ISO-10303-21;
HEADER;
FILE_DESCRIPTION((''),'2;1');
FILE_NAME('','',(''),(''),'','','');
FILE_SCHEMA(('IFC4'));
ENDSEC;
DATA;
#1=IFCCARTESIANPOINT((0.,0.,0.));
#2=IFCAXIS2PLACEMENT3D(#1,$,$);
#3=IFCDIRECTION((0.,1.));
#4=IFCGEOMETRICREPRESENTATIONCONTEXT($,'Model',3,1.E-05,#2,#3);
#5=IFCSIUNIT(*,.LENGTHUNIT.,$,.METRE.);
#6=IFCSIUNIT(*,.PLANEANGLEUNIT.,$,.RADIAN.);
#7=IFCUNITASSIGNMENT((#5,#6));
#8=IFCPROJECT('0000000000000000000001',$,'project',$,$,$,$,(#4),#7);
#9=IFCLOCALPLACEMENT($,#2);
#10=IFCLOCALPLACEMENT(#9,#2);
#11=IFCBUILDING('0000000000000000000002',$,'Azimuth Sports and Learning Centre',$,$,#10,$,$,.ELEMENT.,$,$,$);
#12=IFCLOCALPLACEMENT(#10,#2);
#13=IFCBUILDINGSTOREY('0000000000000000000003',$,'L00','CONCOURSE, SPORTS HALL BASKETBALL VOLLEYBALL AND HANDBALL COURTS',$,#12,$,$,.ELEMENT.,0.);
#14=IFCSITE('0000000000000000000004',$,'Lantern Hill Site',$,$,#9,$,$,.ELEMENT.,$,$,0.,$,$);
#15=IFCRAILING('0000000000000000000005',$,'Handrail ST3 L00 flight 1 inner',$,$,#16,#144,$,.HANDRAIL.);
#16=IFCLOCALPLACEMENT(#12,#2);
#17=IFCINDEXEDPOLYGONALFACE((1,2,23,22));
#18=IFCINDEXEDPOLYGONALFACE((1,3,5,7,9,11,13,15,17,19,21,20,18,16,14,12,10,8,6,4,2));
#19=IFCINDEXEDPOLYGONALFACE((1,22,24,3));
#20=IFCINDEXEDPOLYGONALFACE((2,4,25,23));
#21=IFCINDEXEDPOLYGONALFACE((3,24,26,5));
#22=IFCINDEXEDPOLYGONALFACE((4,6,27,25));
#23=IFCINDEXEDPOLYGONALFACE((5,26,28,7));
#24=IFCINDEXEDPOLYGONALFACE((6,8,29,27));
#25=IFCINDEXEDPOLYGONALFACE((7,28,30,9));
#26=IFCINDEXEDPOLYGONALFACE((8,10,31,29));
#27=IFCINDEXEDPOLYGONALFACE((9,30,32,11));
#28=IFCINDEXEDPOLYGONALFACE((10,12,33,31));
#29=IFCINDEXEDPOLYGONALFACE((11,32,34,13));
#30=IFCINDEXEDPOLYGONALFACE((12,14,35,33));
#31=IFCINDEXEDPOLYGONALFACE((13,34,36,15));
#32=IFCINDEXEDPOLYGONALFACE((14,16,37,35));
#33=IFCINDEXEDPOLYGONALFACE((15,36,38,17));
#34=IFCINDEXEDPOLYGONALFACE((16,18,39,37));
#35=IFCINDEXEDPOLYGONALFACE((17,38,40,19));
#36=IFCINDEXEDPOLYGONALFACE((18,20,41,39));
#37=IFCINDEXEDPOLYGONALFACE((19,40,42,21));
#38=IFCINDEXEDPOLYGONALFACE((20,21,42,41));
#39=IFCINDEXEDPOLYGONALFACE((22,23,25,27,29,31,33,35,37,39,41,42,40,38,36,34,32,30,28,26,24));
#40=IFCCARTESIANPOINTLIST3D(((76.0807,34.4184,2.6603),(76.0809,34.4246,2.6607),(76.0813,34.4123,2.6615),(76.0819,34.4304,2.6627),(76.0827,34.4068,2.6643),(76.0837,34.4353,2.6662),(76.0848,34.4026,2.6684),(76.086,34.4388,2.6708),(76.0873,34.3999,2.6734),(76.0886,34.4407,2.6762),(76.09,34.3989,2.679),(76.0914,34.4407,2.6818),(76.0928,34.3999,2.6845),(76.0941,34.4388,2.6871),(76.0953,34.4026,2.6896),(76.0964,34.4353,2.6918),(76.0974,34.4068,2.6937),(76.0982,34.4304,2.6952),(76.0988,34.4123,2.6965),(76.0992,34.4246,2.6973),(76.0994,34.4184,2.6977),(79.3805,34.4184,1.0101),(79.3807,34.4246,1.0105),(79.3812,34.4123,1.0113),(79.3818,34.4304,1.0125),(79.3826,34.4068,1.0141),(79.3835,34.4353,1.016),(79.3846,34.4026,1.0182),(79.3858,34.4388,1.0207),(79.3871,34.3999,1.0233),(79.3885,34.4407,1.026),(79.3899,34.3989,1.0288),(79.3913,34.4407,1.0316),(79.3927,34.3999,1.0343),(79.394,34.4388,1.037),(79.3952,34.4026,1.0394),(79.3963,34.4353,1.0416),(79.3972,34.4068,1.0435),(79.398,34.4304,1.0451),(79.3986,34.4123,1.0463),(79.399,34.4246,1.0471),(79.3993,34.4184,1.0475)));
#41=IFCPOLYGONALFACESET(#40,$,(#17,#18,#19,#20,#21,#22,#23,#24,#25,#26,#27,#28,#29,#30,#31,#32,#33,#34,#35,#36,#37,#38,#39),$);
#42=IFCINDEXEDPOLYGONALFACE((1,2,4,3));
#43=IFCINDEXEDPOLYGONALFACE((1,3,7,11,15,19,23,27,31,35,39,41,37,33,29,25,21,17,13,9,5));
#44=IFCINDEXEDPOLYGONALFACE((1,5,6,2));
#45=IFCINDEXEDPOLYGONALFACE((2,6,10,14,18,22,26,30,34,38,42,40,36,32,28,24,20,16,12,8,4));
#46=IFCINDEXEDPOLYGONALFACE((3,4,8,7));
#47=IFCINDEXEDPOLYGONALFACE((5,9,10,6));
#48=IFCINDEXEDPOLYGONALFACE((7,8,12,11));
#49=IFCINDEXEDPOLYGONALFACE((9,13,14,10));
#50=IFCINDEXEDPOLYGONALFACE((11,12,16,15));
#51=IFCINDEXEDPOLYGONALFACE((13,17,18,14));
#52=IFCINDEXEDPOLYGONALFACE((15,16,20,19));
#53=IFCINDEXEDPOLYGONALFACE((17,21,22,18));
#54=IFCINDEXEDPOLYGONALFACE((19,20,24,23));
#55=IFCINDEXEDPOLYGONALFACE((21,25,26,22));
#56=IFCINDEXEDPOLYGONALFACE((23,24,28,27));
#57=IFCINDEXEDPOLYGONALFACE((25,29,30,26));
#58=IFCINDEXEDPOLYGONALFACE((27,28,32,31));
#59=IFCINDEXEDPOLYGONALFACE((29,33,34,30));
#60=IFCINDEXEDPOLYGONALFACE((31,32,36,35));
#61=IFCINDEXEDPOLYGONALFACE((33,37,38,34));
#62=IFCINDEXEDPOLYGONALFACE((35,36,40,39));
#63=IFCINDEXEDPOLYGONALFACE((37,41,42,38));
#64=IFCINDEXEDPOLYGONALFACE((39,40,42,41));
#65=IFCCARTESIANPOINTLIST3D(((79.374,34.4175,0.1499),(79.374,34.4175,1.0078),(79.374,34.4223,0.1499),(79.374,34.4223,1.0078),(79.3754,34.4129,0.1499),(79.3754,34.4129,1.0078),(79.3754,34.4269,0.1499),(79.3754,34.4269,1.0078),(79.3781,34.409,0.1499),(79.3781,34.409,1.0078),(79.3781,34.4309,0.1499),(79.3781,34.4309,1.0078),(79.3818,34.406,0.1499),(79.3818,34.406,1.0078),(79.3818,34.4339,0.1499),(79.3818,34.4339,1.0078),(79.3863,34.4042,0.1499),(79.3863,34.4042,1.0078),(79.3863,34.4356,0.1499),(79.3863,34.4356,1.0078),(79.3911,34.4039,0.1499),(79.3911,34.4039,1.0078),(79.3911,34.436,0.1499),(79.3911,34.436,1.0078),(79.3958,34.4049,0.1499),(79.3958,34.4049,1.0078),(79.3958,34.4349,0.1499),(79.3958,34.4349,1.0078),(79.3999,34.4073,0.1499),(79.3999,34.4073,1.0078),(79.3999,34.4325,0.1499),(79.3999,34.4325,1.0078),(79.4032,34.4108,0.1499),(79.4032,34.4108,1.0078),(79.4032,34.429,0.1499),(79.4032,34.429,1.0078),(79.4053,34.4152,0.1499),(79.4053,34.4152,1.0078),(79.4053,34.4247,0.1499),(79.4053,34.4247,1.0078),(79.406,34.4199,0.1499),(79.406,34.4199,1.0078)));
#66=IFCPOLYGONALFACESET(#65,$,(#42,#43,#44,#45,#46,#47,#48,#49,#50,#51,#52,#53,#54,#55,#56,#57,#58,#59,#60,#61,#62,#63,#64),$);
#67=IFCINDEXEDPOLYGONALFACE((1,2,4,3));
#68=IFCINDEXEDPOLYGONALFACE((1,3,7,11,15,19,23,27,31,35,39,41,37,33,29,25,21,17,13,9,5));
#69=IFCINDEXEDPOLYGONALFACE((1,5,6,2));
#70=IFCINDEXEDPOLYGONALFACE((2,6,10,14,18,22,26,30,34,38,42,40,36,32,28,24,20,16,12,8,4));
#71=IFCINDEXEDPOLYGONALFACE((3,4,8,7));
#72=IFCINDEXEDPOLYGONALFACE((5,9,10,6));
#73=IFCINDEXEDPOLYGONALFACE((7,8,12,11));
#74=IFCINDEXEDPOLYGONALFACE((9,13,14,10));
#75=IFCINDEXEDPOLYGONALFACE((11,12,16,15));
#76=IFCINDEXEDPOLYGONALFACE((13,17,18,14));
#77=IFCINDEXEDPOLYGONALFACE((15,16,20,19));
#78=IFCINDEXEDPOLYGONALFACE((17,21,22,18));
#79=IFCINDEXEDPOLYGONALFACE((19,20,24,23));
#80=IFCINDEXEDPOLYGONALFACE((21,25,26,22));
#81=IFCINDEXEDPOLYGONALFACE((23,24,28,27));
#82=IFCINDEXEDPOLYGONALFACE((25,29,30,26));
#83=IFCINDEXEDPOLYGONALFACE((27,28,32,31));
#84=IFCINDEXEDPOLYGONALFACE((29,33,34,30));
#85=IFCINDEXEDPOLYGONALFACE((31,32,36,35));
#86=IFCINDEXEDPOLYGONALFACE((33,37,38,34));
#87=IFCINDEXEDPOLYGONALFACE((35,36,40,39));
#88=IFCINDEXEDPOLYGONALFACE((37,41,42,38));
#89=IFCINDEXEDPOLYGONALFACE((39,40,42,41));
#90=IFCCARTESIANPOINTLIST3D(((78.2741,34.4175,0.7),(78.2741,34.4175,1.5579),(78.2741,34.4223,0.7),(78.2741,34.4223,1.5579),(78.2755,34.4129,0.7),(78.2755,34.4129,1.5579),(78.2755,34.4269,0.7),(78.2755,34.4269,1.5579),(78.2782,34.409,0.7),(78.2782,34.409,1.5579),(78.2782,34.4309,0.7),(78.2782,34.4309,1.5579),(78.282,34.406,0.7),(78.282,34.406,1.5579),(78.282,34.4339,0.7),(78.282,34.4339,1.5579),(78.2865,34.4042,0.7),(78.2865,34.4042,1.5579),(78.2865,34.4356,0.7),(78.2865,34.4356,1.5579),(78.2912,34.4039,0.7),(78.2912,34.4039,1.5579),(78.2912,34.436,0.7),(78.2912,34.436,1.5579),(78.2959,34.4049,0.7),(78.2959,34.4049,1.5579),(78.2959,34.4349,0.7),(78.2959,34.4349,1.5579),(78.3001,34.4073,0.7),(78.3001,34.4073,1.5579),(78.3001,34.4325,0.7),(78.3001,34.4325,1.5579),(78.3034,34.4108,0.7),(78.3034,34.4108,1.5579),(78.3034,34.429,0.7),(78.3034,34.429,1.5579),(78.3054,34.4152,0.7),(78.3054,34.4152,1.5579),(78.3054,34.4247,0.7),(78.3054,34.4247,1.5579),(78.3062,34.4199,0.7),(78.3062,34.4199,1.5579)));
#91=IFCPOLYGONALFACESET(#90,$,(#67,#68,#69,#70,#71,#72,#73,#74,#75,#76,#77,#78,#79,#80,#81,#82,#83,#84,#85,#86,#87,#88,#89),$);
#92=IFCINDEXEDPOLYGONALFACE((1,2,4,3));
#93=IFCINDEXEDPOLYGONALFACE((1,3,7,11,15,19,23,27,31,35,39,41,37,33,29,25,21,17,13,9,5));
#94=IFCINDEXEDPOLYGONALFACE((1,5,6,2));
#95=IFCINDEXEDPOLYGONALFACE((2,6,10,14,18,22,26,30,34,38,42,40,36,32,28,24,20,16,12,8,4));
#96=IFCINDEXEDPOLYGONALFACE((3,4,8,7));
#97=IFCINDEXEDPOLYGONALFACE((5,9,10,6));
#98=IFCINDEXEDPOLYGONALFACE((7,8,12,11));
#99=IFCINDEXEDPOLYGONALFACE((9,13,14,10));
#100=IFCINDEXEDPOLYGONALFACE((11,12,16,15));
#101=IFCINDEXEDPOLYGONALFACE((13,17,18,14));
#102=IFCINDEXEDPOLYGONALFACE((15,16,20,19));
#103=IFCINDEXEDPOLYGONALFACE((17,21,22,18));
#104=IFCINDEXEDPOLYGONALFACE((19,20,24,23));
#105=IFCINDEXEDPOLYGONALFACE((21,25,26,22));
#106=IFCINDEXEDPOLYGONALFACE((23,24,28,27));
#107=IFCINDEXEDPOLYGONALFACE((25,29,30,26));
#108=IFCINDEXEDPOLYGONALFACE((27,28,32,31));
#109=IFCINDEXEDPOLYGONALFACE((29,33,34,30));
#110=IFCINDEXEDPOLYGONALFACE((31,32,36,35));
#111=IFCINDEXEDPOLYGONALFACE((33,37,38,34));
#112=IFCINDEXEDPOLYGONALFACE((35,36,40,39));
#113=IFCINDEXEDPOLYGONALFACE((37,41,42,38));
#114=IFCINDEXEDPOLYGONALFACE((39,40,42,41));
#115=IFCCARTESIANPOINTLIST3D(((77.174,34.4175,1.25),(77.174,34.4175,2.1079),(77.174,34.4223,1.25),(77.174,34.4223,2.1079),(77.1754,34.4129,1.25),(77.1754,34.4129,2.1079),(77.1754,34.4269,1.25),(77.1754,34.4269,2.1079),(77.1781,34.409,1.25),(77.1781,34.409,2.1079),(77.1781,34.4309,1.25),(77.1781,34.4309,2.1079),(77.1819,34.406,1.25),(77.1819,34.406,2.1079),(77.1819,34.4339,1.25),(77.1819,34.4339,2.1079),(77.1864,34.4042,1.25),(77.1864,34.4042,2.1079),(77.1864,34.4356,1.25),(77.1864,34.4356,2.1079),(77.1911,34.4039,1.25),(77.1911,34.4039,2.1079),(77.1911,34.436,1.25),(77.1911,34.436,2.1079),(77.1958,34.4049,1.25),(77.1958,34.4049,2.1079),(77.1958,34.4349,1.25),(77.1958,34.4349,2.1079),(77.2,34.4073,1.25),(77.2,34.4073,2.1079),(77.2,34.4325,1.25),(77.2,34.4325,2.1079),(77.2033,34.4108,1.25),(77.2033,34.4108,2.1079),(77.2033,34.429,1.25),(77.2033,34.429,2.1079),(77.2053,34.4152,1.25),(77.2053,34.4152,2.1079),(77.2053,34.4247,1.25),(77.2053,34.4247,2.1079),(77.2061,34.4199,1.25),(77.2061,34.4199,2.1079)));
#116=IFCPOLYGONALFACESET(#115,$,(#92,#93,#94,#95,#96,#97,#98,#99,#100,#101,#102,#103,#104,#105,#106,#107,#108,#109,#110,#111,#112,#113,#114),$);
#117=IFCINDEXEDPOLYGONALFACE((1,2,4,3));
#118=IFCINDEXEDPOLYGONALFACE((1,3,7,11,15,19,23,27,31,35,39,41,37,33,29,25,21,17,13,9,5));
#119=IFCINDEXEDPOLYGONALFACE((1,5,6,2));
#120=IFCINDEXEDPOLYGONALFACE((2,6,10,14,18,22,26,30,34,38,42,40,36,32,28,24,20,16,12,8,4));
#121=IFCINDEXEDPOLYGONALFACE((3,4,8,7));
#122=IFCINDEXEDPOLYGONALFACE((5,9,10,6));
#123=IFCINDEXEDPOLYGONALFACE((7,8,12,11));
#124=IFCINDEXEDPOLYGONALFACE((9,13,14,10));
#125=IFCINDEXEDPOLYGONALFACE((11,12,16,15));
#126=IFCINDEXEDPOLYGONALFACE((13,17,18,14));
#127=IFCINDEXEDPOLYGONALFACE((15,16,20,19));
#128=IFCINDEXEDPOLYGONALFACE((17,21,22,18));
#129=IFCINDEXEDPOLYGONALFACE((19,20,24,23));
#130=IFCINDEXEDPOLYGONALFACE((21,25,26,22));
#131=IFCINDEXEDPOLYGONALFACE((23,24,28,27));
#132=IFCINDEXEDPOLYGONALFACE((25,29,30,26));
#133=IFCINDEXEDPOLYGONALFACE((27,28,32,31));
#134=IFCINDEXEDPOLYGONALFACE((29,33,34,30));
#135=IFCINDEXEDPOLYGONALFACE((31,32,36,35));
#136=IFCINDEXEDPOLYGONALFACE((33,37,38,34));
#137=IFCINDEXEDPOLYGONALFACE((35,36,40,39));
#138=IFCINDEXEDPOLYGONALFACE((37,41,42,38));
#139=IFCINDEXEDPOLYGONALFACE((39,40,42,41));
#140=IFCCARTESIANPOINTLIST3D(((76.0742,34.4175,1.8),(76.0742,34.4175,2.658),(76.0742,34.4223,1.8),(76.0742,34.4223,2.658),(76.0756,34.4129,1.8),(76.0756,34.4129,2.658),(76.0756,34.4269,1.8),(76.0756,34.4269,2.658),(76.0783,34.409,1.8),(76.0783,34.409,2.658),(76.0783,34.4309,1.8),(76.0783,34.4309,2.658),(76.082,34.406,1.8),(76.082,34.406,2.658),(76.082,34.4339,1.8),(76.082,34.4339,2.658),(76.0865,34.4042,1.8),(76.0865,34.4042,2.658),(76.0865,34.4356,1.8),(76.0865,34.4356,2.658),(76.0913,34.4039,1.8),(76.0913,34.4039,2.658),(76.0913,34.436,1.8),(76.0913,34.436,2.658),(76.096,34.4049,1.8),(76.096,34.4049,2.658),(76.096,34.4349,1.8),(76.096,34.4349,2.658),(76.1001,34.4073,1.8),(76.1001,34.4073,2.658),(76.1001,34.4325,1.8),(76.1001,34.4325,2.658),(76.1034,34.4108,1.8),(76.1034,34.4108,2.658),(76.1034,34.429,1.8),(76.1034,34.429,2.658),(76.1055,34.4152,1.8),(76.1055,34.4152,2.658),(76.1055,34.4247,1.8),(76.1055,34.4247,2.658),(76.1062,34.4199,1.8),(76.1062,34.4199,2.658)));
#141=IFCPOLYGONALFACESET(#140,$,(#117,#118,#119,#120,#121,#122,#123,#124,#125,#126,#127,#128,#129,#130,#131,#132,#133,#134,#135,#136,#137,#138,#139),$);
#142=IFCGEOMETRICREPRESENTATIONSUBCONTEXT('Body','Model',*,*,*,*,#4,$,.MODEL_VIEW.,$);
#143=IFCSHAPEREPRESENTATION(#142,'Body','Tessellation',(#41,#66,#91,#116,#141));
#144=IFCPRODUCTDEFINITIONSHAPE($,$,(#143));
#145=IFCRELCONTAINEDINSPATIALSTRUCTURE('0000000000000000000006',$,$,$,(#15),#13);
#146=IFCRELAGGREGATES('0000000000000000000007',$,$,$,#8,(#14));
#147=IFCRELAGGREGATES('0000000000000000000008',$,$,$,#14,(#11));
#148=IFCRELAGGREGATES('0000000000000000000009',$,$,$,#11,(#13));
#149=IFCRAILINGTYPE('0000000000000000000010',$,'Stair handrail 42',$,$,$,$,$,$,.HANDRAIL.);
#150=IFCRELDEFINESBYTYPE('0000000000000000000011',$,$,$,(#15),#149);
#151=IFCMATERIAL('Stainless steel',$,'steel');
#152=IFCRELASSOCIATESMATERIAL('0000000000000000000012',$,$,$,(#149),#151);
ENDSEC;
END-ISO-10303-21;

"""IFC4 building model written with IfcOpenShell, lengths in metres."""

from ifc_helpers import new_model, si_unit, direction, frame, origin, origin_2d, place, context, subcontext, project, spatial, circle, extrude, material, type_object, element, save


model = new_model("IFC4")

# Units and contexts
model_context = context("Model", 3, precision=1e-05, world=origin(), true_north=direction((0.0, 1.0)))
body_context = subcontext(model_context, "Body", "Model", "MODEL_VIEW")
ifc_project = project(units=[si_unit("LENGTHUNIT", "METRE"), si_unit("PLANEANGLEUNIT", "RADIAN")], contexts=[model_context])

# Site, building, storey
site_placement = place(None, origin())
site = spatial("IfcSite", under=ifc_project, at=site_placement, Name="Lantern Hill Site", CompositionType="ELEMENT", RefElevation=0.0)
building_placement = place(site_placement, origin())
building = spatial("IfcBuilding", under=site, at=building_placement, Name="Azimuth Sports and Learning Centre", CompositionType="ELEMENT")
storey_placement = place(building_placement, origin())
storey = spatial("IfcBuildingStorey", under=building, at=storey_placement, Name="L00", Description="CONCOURSE, SPORTS HALL BASKETBALL VOLLEYBALL AND HANDBALL COURTS", CompositionType="ELEMENT", Elevation=0.0)

# Railing
ifc_material_1 = material(Name="Stainless steel", Category="steel")
railing_type_1 = type_object("IfcRailingType", Name="Stair handrail 42", PredefinedType="HANDRAIL", material=ifc_material_1)
for number, where, name in (
    (1, (79.3899, 34.4199, 0.1499), "Handrail ST3 L00 flight 1 inner"),
):
    element("IfcRailing", number, at=place(storey_placement, frame(where)), inside=storey, type_object=railing_type_1, Name=name, PredefinedType="HANDRAIL", context=body_context, shape_type="SweptSolid", body=[
        extrude(circle(Radius=0.021, at=origin_2d()), frame((0.0, 0.0, 0.8789), z_axis=(-0.894401, 0.0, 0.447267), x_axis=(0.0, -1.0, 0.0)), (0.0, 0.0, 1.0), 3.6895),
        extrude(circle(Radius=0.0161, at=origin_2d()), origin(), (0.0, 0.0, 1.0), 0.8579),
        extrude(circle(Radius=0.0161, at=origin_2d()), frame((-1.0999, 0.0, 0.55)), (0.0, 0.0, 1.0), 0.8579),
        extrude(circle(Radius=0.0161, at=origin_2d()), frame((-2.2, 0.0, 1.1001)), (0.0, 0.0, 1.0), 0.8579),
        extrude(circle(Radius=0.0161, at=origin_2d()), frame((-3.2998, 0.0, 1.6501)), (0.0, 0.0, 1.0), 0.8579),
    ])

save(model, "model.ifc")
